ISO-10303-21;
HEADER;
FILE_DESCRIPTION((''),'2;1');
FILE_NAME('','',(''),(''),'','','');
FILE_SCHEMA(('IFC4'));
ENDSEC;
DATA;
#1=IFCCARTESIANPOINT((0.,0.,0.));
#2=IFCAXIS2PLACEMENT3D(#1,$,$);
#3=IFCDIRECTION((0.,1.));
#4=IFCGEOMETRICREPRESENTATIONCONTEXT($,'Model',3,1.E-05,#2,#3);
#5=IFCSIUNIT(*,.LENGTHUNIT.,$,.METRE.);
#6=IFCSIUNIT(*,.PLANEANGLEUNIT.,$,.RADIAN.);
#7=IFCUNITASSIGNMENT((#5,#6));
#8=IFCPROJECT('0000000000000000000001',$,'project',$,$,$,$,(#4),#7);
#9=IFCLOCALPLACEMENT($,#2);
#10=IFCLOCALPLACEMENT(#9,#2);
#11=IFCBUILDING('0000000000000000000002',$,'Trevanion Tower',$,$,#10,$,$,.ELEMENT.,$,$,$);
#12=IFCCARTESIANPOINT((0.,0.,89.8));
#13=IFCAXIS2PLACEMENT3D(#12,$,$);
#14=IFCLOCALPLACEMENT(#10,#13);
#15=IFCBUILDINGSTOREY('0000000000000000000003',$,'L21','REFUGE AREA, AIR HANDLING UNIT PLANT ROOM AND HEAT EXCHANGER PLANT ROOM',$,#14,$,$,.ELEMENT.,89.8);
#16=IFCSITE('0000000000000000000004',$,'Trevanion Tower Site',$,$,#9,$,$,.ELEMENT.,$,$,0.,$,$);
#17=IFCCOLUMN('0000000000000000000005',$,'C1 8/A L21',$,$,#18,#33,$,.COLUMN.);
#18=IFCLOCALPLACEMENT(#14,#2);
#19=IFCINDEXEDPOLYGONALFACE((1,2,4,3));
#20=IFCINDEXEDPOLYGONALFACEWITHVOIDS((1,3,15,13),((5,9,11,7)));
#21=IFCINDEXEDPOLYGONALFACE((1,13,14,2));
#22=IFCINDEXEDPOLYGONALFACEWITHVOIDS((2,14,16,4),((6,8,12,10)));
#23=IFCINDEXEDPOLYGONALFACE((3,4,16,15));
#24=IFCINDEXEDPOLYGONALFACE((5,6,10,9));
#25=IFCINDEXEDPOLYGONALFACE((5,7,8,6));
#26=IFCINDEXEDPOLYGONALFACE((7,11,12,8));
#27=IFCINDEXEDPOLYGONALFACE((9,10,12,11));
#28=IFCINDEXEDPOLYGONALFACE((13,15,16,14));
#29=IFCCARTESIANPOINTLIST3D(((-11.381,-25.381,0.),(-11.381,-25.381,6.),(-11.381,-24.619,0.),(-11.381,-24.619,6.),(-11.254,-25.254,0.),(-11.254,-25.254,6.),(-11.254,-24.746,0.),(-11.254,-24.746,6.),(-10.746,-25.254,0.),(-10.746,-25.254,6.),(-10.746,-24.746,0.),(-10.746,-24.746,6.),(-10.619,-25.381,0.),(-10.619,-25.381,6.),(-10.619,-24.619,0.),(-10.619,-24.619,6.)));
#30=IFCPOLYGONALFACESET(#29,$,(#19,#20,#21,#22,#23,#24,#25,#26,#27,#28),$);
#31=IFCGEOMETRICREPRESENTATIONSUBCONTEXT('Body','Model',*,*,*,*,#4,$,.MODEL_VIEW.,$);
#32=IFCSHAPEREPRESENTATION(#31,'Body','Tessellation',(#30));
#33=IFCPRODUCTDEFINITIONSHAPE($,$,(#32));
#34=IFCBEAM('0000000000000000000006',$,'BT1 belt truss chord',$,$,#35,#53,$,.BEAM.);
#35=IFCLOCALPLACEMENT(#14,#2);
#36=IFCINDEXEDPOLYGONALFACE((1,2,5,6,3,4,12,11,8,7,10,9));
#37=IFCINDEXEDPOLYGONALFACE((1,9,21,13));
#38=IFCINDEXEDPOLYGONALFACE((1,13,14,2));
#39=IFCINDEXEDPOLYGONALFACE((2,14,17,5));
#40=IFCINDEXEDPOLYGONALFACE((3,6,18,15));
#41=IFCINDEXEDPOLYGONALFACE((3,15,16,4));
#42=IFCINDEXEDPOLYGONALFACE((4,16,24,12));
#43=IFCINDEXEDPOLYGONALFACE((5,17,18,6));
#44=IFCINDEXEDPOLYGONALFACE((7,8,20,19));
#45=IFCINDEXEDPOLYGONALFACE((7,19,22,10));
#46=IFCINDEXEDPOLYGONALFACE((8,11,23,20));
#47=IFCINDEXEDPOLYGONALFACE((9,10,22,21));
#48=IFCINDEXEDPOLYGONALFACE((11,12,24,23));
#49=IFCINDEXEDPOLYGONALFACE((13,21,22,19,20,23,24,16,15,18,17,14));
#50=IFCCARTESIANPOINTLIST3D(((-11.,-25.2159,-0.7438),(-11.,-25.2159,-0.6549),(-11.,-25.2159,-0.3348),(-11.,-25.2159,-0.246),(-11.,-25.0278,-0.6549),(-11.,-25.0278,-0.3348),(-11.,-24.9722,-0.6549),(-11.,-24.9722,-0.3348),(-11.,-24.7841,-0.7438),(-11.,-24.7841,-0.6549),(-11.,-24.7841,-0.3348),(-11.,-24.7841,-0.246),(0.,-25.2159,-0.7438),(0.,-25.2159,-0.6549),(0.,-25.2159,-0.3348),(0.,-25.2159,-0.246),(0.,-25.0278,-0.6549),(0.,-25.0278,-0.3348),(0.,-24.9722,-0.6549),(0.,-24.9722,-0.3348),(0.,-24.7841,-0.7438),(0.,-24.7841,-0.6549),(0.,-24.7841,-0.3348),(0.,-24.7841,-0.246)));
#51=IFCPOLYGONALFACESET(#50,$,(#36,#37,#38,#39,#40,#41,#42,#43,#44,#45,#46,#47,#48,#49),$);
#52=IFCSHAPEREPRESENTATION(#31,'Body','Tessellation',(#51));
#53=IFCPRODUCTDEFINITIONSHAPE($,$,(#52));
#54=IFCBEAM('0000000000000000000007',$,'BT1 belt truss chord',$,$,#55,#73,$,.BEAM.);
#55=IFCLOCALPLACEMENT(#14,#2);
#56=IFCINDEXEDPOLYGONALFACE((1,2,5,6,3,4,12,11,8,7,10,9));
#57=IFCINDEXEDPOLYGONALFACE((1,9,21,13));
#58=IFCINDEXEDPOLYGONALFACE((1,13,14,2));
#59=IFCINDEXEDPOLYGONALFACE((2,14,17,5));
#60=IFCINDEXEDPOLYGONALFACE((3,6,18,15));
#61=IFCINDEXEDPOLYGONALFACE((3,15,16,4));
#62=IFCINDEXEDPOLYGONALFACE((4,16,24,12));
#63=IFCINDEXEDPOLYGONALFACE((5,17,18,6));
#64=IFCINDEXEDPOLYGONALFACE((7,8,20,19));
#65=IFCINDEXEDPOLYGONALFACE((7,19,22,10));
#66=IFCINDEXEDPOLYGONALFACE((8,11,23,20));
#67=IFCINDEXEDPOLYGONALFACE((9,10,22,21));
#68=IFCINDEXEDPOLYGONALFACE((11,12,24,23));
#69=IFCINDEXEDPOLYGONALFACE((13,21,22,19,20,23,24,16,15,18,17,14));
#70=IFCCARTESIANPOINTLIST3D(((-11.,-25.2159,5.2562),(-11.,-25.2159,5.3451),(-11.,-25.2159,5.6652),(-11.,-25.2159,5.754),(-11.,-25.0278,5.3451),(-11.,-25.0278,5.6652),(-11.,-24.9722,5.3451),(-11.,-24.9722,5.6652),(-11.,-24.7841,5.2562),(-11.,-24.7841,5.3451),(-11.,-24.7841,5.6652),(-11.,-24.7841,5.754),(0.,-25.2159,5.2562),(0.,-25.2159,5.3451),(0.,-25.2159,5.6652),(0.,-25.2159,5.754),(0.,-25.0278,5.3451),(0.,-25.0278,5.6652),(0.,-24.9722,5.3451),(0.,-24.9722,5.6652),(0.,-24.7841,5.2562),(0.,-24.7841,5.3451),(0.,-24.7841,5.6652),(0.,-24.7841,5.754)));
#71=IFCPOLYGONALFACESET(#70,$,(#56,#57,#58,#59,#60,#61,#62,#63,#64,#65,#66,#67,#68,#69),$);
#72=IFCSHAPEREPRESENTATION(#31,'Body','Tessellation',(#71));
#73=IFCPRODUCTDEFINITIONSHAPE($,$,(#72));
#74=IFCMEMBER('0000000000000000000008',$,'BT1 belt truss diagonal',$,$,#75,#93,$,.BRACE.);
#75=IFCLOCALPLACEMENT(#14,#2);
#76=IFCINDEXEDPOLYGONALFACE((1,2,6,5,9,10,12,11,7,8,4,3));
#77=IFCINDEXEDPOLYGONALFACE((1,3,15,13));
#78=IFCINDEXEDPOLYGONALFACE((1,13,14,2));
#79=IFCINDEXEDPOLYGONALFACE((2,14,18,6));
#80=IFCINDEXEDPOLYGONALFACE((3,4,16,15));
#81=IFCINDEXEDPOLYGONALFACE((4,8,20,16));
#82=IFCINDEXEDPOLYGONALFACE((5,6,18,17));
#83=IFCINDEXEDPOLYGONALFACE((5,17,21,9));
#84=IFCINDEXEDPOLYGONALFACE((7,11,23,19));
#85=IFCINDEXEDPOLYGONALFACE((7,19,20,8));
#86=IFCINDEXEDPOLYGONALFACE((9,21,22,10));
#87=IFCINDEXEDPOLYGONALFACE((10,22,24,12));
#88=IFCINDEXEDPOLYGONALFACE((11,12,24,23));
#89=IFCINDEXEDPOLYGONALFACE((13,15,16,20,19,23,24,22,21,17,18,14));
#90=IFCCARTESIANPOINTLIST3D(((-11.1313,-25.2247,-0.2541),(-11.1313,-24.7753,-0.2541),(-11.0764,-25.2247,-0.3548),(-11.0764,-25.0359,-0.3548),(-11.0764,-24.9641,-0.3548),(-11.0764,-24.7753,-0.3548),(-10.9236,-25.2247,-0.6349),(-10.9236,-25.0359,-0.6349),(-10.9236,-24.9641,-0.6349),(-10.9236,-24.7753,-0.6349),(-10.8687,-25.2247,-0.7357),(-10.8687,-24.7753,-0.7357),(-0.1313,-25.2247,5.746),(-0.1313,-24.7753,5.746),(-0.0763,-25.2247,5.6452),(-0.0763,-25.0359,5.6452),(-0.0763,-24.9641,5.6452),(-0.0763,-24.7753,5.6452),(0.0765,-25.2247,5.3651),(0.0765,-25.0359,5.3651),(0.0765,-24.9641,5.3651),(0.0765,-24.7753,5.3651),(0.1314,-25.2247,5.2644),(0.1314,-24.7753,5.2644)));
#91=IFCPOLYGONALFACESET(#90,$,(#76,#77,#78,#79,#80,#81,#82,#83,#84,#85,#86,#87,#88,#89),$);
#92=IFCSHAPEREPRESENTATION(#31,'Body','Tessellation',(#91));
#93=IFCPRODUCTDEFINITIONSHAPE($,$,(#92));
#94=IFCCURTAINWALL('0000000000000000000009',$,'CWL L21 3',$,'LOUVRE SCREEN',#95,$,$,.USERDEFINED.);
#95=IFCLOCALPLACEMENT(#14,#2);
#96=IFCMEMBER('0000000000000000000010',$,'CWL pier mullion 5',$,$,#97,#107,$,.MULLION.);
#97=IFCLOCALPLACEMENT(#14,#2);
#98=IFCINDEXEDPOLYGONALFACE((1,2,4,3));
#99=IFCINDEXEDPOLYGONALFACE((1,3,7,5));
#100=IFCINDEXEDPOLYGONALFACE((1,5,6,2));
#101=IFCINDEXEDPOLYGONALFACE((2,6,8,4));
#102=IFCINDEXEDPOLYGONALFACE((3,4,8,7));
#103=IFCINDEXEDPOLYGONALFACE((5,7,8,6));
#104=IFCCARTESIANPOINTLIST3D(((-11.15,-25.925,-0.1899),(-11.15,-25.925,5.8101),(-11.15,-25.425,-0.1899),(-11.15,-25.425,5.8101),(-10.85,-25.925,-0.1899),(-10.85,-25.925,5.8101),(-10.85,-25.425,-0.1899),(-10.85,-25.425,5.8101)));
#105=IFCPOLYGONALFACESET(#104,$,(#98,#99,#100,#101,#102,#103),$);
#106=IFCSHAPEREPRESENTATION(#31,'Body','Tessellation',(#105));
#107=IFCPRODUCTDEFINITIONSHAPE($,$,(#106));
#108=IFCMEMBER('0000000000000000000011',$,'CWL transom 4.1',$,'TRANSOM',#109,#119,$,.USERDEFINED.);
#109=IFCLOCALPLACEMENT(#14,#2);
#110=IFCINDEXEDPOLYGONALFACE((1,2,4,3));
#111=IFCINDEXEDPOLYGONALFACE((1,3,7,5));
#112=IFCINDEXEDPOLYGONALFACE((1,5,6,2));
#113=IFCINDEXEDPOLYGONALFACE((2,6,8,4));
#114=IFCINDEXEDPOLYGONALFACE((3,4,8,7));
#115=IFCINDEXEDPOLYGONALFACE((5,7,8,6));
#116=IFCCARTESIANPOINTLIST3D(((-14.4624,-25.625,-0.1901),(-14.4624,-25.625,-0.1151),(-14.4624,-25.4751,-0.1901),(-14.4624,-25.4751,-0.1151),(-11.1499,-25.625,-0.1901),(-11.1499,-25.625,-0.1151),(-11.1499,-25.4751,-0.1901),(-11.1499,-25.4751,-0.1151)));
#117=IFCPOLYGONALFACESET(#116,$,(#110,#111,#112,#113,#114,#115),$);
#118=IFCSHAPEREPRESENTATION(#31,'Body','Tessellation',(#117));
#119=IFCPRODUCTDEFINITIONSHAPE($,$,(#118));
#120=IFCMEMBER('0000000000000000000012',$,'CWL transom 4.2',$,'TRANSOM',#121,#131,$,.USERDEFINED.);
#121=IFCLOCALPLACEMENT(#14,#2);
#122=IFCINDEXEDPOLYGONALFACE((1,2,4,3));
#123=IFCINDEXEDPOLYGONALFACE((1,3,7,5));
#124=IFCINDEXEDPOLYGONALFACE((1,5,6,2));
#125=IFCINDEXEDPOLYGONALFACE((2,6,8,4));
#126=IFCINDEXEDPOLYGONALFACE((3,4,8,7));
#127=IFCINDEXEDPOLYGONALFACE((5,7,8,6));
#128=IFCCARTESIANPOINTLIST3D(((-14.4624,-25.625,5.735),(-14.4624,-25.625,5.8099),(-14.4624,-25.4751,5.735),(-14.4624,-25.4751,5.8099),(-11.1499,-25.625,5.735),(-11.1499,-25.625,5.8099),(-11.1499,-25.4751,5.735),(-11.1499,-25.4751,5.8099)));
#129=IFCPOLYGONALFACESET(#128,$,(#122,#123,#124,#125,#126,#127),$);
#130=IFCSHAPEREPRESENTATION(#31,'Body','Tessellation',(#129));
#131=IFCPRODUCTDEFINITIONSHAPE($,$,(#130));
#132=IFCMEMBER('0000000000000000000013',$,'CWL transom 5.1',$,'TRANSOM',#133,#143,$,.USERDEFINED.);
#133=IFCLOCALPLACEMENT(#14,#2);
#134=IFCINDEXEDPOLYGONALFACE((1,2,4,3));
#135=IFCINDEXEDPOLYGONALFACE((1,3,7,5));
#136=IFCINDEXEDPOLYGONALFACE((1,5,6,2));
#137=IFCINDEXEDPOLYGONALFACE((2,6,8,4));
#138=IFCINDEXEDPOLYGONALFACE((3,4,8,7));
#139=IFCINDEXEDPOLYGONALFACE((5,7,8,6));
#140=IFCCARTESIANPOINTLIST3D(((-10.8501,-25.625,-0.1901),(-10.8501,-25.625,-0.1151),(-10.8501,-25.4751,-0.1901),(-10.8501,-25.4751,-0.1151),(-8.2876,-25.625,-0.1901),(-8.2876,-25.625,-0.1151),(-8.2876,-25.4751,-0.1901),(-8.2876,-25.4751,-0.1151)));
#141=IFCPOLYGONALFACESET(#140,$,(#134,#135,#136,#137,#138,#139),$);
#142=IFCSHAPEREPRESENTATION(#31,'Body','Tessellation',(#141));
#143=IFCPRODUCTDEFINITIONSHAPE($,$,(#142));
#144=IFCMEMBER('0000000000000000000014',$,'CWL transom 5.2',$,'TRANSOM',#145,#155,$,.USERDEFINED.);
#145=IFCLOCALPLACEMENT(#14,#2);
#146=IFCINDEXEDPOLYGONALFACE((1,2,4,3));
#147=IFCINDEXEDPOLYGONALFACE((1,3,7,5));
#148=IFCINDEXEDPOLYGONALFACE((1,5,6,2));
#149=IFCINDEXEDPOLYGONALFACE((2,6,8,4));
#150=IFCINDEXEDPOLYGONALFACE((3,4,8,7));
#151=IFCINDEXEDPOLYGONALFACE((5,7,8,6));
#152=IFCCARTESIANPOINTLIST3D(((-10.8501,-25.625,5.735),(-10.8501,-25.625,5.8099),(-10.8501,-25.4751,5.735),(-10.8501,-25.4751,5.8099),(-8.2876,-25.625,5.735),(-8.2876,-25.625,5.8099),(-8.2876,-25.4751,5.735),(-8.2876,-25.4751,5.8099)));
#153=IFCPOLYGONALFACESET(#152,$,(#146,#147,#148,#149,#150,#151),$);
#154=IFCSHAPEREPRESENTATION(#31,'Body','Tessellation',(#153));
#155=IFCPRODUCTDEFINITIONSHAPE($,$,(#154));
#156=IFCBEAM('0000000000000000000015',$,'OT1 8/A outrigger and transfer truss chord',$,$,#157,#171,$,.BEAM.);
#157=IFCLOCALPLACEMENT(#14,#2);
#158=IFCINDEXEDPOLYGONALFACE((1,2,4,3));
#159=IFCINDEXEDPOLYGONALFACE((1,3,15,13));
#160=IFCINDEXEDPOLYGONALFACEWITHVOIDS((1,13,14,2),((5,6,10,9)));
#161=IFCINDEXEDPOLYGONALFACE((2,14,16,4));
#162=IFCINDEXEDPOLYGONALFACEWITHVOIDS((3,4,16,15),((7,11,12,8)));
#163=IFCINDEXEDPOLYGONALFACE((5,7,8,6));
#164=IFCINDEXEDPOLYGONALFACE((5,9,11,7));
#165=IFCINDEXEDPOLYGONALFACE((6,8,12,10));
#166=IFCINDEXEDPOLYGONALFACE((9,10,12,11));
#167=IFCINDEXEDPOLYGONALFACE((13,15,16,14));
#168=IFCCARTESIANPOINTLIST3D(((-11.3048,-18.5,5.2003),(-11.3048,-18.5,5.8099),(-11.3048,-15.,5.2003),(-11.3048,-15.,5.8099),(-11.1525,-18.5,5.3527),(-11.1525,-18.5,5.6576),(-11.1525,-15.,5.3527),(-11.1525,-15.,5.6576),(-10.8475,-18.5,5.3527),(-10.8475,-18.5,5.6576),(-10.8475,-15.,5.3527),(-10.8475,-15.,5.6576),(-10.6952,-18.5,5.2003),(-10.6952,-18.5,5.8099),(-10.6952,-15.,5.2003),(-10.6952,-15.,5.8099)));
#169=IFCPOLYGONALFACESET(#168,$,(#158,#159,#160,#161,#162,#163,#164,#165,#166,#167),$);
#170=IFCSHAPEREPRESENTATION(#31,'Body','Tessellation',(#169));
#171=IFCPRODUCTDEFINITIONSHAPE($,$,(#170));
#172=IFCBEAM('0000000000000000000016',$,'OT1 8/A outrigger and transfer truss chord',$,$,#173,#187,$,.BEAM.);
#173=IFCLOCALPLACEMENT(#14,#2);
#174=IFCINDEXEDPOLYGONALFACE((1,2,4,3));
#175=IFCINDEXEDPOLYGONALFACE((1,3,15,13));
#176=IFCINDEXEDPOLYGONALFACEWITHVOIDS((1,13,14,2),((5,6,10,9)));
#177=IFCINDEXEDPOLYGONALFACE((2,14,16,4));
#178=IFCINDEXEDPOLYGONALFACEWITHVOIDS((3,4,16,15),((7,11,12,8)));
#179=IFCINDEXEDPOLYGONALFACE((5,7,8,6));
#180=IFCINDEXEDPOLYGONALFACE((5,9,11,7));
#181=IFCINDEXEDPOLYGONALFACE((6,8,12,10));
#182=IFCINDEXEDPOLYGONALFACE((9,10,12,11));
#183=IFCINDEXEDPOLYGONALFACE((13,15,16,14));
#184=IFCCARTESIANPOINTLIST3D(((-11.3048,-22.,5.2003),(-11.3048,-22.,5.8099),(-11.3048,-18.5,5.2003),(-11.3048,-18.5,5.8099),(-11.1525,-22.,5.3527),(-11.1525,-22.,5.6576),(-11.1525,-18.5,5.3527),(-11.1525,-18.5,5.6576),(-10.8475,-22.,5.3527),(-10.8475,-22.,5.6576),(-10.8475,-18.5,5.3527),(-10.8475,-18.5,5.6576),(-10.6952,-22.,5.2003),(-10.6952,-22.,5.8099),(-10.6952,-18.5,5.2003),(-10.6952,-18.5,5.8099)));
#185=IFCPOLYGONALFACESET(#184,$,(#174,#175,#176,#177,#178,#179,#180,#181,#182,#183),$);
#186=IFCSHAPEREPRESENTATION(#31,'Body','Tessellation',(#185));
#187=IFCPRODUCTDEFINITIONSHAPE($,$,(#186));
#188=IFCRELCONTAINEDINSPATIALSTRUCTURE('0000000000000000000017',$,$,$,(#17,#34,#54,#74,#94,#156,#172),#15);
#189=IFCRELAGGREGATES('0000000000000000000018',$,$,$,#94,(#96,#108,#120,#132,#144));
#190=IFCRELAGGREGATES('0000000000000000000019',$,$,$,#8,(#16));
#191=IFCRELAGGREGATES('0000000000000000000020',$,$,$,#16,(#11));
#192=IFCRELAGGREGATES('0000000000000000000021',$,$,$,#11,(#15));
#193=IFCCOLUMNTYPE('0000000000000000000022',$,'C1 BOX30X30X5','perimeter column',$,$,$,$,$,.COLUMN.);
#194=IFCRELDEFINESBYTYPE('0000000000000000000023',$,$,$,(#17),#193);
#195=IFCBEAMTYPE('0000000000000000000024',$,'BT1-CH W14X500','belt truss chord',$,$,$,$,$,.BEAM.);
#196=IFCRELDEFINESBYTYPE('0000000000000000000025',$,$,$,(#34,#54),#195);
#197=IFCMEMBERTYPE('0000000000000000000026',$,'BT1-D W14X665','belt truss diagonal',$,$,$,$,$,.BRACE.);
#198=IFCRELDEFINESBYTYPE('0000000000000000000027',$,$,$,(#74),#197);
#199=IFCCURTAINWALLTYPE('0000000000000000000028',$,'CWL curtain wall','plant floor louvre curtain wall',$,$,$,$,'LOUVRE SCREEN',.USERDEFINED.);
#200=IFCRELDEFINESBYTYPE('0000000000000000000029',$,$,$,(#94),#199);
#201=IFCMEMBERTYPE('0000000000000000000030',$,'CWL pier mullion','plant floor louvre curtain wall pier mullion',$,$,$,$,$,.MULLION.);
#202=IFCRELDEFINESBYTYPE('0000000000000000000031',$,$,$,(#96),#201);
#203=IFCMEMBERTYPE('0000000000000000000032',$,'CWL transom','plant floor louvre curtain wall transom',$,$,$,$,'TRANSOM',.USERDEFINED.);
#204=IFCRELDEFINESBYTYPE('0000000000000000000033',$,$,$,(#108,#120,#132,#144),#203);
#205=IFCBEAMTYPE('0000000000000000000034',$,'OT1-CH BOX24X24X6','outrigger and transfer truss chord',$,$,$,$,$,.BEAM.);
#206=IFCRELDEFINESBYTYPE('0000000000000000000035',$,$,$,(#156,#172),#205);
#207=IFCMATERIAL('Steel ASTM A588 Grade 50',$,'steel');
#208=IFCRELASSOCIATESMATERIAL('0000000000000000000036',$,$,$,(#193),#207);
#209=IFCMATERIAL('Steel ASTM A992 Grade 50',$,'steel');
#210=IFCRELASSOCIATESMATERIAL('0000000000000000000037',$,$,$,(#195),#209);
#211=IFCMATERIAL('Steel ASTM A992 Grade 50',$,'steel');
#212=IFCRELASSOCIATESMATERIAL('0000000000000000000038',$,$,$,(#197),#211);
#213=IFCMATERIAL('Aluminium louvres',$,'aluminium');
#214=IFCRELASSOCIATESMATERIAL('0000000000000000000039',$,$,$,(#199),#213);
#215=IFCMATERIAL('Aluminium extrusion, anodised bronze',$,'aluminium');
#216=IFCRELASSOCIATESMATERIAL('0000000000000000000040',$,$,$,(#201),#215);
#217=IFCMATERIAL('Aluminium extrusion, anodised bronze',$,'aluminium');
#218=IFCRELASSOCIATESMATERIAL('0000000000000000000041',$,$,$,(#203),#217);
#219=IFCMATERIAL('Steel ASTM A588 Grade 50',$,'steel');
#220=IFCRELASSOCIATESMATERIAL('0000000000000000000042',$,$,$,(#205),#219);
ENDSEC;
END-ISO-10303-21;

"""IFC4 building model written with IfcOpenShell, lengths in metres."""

from ifc_helpers import new_model, si_unit, direction, frame, origin, origin_2d, place, context, subcontext, project, spatial, rectangle, hollow_rectangle, i_section, extrude, material, material_profile, profile_set, type_object, element, aggregate, save


model = new_model("IFC4")

# Units and contexts
model_context = context("Model", 3, precision=1e-05, world=origin(), true_north=direction((0.0, 1.0)))
body_context = subcontext(model_context, "Body", "Model", "MODEL_VIEW")
ifc_project = project(units=[si_unit("LENGTHUNIT", "METRE"), si_unit("PLANEANGLEUNIT", "RADIAN")], contexts=[model_context])

# Site, building, storey
site_placement = place(None, origin())
site = spatial("IfcSite", under=ifc_project, at=site_placement, Name="Trevanion Tower Site", CompositionType="ELEMENT", RefElevation=0.0)
building_placement = place(site_placement, origin())
building = spatial("IfcBuilding", under=site, at=building_placement, Name="Trevanion Tower", CompositionType="ELEMENT")
storey_placement = place(building_placement, frame((0.0, 0.0, 89.8)))
storey = spatial("IfcBuildingStorey", under=building, at=storey_placement, Name="L21", Description="REFUGE AREA, AIR HANDLING UNIT PLANT ROOM AND HEAT EXCHANGER PLANT ROOM", CompositionType="ELEMENT", Elevation=89.8)

# Column
ifc_material_1 = material(Name="Steel ASTM A588 Grade 50", Category="steel")
ifc_material_profile_1 = material_profile(ifc_material_1, hollow_rectangle(XDim=0.762, YDim=0.762, WallThickness=0.127, at=origin_2d()), Name="BOX30X30X5")
ifc_profile_set_1 = profile_set([ifc_material_profile_1], Name="Steel ASTM A588 Grade 50")
column_type = type_object("IfcColumnType", Name="C1 BOX30X30X5", Description="perimeter column", PredefinedType="COLUMN", material=ifc_profile_set_1)
column_placement = place(storey_placement, frame((-11.0, -25.0, 0.0), z_axis=(0.0, 0.0, 1.0), x_axis=(1.0, 0.0, 0.0)))
element("IfcColumn", 1, at=column_placement, inside=storey, type_object=column_type, Name="C1 8/A L21", PredefinedType="COLUMN", context=body_context, shape_type="SweptSolid", body=[
    extrude(hollow_rectangle(XDim=0.762, YDim=0.762, WallThickness=0.127, at=origin_2d()), origin(), (0.0, 0.0, 1.0), 6.0),
])

# Beams
ifc_material_2 = material(Name="Steel ASTM A992 Grade 50", Category="steel")
ifc_material_profile_2 = material_profile(ifc_material_2, i_section(OverallWidth=0.4319, OverallDepth=0.4978, WebThickness=0.0557, FlangeThickness=0.0889, at=origin_2d()), Name="W14X500")
ifc_profile_set_2 = profile_set([ifc_material_profile_2], Name="Steel ASTM A992 Grade 50")
beam_type_1 = type_object("IfcBeamType", Name="BT1-CH W14X500", Description="belt truss chord", PredefinedType="BEAM", material=ifc_profile_set_2)
for number, where, z_axis, x_axis, name in (
    (2, (-11.0, -25.0, -0.4949), (1.0, 0.0, 0.0), (0.0, 1.0, 0.0), "BT1 belt truss chord"),
    (3, (-11.0, -25.0, 5.5051), (1.0, 0.0, 0.0), (0.0, 1.0, 0.0), "BT1 belt truss chord"),
):
    element("IfcBeam", number, at=place(storey_placement, frame(where, z_axis=z_axis, x_axis=x_axis)), inside=storey, type_object=beam_type_1, Name=name, PredefinedType="BEAM", context=body_context, shape_type="SweptSolid", body=[
        extrude(i_section(OverallWidth=0.4319, OverallDepth=0.4978, WebThickness=0.0557, FlangeThickness=0.0889, at=origin_2d()), origin(), (0.0, 0.0, 1.0), 11.0),
    ])

# Member
ifc_material_3 = material(Name="Steel ASTM A992 Grade 50", Category="steel")
ifc_material_profile_3 = material_profile(ifc_material_3, i_section(OverallWidth=0.4495, OverallDepth=0.5486, WebThickness=0.0718, FlangeThickness=0.1147, at=origin_2d()), Name="W14X665")
ifc_profile_set_3 = profile_set([ifc_material_profile_3], Name="Steel ASTM A992 Grade 50")
member_type_1 = type_object("IfcMemberType", Name="BT1-D W14X665", Description="belt truss diagonal", PredefinedType="BRACE", material=ifc_profile_set_3)
member_1_placement = place(storey_placement, frame((-11.0, -25.0, -0.4949), z_axis=(0.877896, 0.0, 0.478852), x_axis=(0.0, 1.0, 0.0)))
element("IfcMember", 4, at=member_1_placement, inside=storey, type_object=member_type_1, Name="BT1 belt truss diagonal", PredefinedType="BRACE", context=body_context, shape_type="SweptSolid", body=[
    extrude(i_section(OverallWidth=0.4495, OverallDepth=0.5486, WebThickness=0.0718, FlangeThickness=0.1147, at=origin_2d()), origin(), (0.0, 0.0, 1.0), 12.53),
])

# Curtain wall, members
ifc_material_4 = material(Name="Aluminium louvres", Category="aluminium")
curtain_wall_type = type_object("IfcCurtainWallType", Name="CWL curtain wall", Description="plant floor louvre curtain wall", ElementType="LOUVRE SCREEN", PredefinedType="USERDEFINED", material=ifc_material_4)
curtain_wall_placement = place(storey_placement, origin())
curtain_wall = element("IfcCurtainWall", 5, at=curtain_wall_placement, inside=storey, type_object=curtain_wall_type, Name="CWL L21 3", ObjectType="LOUVRE SCREEN", PredefinedType="USERDEFINED")
ifc_material_5 = material(Name="Aluminium extrusion, anodised bronze", Category="aluminium")
ifc_material_profile_4 = material_profile(ifc_material_5, rectangle(XDim=0.3, YDim=0.5, at=origin_2d()), Name="CWL pier mullion")
ifc_profile_set_4 = profile_set([ifc_material_profile_4], Name="Aluminium extrusion, anodised bronze")
member_type_2 = type_object("IfcMemberType", Name="CWL pier mullion", Description="plant floor louvre curtain wall pier mullion", PredefinedType="MULLION", material=ifc_profile_set_4)
member_2_placement = place(storey_placement, frame((-11.0, -25.675, -0.1899), z_axis=(0.0, 0.0, 1.0), x_axis=(1.0, 0.0, 0.0)))
member_2 = element("IfcMember", 6, at=member_2_placement, type_object=member_type_2, Name="CWL pier mullion 5", PredefinedType="MULLION", context=body_context, shape_type="SweptSolid", body=[
    extrude(rectangle(XDim=0.3, YDim=0.5, at=origin_2d()), origin(), (0.0, 0.0, 1.0), 6.0),
])
ifc_material_6 = material(Name="Aluminium extrusion, anodised bronze", Category="aluminium")
ifc_material_profile_5 = material_profile(ifc_material_6, rectangle(XDim=0.1499, YDim=0.075, at=origin_2d()), Name="CWL transom")
ifc_profile_set_5 = profile_set([ifc_material_profile_5], Name="Aluminium extrusion, anodised bronze")
member_type_3 = type_object("IfcMemberType", Name="CWL transom", Description="plant floor louvre curtain wall transom", ElementType="TRANSOM", PredefinedType="USERDEFINED", material=ifc_profile_set_5)
member_3_placement = place(storey_placement, frame((-14.4624, -25.55, -0.1526), z_axis=(1.0, 0.0, 0.0), x_axis=(0.0, 1.0, 0.0)))
member_3 = element("IfcMember", 7, at=member_3_placement, type_object=member_type_3, Name="CWL transom 4.1", ObjectType="TRANSOM", PredefinedType="USERDEFINED", context=body_context, shape_type="SweptSolid", body=[
    extrude(rectangle(XDim=0.1499, YDim=0.075, at=origin_2d()), origin(), (0.0, 0.0, 1.0), 3.3125),
])
member_4_placement = place(storey_placement, frame((-14.4624, -25.55, 5.7725), z_axis=(1.0, 0.0, 0.0), x_axis=(0.0, 1.0, 0.0)))
member_4 = element("IfcMember", 8, at=member_4_placement, type_object=member_type_3, Name="CWL transom 4.2", ObjectType="TRANSOM", PredefinedType="USERDEFINED", context=body_context, shape_type="SweptSolid", body=[
    extrude(rectangle(XDim=0.1499, YDim=0.075, at=origin_2d()), origin(), (0.0, 0.0, 1.0), 3.3125),
])
member_5_placement = place(storey_placement, frame((-10.8501, -25.55, -0.1526), z_axis=(1.0, 0.0, 0.0), x_axis=(0.0, 1.0, 0.0)))
member_5 = element("IfcMember", 9, at=member_5_placement, type_object=member_type_3, Name="CWL transom 5.1", ObjectType="TRANSOM", PredefinedType="USERDEFINED", context=body_context, shape_type="SweptSolid", body=[
    extrude(rectangle(XDim=0.1499, YDim=0.075, at=origin_2d()), origin(), (0.0, 0.0, 1.0), 2.5625),
])
member_6_placement = place(storey_placement, frame((-10.8501, -25.55, 5.7725), z_axis=(1.0, 0.0, 0.0), x_axis=(0.0, 1.0, 0.0)))
member_6 = element("IfcMember", 10, at=member_6_placement, type_object=member_type_3, Name="CWL transom 5.2", ObjectType="TRANSOM", PredefinedType="USERDEFINED", context=body_context, shape_type="SweptSolid", body=[
    extrude(rectangle(XDim=0.1499, YDim=0.075, at=origin_2d()), origin(), (0.0, 0.0, 1.0), 2.5625),
])

# Beams
ifc_material_7 = material(Name="Steel ASTM A588 Grade 50", Category="steel")
ifc_material_profile_6 = material_profile(ifc_material_7, hollow_rectangle(XDim=0.6096, YDim=0.6096, WallThickness=0.1523, at=origin_2d()), Name="BOX24X24X6")
ifc_profile_set_6 = profile_set([ifc_material_profile_6], Name="Steel ASTM A588 Grade 50")
beam_type_2 = type_object("IfcBeamType", Name="OT1-CH BOX24X24X6", Description="outrigger and transfer truss chord", PredefinedType="BEAM", material=ifc_profile_set_6)
for number, where, z_axis, x_axis, name in (
    (11, (-11.0, -15.0, 5.5051), (0.0, -1.0, 0.0), (1.0, 0.0, 0.0), "OT1 8/A outrigger and transfer truss chord"),
    (12, (-11.0, -18.5, 5.5051), (0.0, -1.0, 0.0), (1.0, 0.0, 0.0), "OT1 8/A outrigger and transfer truss chord"),
):
    element("IfcBeam", number, at=place(storey_placement, frame(where, z_axis=z_axis, x_axis=x_axis)), inside=storey, type_object=beam_type_2, Name=name, PredefinedType="BEAM", context=body_context, shape_type="SweptSolid", body=[
        extrude(hollow_rectangle(XDim=0.6096, YDim=0.6096, WallThickness=0.1523, at=origin_2d()), origin(), (0.0, 0.0, 1.0), 3.5),
    ])

aggregate(curtain_wall, [member_2, member_3, member_4, member_5, member_6])

save(model, "model.ifc")
